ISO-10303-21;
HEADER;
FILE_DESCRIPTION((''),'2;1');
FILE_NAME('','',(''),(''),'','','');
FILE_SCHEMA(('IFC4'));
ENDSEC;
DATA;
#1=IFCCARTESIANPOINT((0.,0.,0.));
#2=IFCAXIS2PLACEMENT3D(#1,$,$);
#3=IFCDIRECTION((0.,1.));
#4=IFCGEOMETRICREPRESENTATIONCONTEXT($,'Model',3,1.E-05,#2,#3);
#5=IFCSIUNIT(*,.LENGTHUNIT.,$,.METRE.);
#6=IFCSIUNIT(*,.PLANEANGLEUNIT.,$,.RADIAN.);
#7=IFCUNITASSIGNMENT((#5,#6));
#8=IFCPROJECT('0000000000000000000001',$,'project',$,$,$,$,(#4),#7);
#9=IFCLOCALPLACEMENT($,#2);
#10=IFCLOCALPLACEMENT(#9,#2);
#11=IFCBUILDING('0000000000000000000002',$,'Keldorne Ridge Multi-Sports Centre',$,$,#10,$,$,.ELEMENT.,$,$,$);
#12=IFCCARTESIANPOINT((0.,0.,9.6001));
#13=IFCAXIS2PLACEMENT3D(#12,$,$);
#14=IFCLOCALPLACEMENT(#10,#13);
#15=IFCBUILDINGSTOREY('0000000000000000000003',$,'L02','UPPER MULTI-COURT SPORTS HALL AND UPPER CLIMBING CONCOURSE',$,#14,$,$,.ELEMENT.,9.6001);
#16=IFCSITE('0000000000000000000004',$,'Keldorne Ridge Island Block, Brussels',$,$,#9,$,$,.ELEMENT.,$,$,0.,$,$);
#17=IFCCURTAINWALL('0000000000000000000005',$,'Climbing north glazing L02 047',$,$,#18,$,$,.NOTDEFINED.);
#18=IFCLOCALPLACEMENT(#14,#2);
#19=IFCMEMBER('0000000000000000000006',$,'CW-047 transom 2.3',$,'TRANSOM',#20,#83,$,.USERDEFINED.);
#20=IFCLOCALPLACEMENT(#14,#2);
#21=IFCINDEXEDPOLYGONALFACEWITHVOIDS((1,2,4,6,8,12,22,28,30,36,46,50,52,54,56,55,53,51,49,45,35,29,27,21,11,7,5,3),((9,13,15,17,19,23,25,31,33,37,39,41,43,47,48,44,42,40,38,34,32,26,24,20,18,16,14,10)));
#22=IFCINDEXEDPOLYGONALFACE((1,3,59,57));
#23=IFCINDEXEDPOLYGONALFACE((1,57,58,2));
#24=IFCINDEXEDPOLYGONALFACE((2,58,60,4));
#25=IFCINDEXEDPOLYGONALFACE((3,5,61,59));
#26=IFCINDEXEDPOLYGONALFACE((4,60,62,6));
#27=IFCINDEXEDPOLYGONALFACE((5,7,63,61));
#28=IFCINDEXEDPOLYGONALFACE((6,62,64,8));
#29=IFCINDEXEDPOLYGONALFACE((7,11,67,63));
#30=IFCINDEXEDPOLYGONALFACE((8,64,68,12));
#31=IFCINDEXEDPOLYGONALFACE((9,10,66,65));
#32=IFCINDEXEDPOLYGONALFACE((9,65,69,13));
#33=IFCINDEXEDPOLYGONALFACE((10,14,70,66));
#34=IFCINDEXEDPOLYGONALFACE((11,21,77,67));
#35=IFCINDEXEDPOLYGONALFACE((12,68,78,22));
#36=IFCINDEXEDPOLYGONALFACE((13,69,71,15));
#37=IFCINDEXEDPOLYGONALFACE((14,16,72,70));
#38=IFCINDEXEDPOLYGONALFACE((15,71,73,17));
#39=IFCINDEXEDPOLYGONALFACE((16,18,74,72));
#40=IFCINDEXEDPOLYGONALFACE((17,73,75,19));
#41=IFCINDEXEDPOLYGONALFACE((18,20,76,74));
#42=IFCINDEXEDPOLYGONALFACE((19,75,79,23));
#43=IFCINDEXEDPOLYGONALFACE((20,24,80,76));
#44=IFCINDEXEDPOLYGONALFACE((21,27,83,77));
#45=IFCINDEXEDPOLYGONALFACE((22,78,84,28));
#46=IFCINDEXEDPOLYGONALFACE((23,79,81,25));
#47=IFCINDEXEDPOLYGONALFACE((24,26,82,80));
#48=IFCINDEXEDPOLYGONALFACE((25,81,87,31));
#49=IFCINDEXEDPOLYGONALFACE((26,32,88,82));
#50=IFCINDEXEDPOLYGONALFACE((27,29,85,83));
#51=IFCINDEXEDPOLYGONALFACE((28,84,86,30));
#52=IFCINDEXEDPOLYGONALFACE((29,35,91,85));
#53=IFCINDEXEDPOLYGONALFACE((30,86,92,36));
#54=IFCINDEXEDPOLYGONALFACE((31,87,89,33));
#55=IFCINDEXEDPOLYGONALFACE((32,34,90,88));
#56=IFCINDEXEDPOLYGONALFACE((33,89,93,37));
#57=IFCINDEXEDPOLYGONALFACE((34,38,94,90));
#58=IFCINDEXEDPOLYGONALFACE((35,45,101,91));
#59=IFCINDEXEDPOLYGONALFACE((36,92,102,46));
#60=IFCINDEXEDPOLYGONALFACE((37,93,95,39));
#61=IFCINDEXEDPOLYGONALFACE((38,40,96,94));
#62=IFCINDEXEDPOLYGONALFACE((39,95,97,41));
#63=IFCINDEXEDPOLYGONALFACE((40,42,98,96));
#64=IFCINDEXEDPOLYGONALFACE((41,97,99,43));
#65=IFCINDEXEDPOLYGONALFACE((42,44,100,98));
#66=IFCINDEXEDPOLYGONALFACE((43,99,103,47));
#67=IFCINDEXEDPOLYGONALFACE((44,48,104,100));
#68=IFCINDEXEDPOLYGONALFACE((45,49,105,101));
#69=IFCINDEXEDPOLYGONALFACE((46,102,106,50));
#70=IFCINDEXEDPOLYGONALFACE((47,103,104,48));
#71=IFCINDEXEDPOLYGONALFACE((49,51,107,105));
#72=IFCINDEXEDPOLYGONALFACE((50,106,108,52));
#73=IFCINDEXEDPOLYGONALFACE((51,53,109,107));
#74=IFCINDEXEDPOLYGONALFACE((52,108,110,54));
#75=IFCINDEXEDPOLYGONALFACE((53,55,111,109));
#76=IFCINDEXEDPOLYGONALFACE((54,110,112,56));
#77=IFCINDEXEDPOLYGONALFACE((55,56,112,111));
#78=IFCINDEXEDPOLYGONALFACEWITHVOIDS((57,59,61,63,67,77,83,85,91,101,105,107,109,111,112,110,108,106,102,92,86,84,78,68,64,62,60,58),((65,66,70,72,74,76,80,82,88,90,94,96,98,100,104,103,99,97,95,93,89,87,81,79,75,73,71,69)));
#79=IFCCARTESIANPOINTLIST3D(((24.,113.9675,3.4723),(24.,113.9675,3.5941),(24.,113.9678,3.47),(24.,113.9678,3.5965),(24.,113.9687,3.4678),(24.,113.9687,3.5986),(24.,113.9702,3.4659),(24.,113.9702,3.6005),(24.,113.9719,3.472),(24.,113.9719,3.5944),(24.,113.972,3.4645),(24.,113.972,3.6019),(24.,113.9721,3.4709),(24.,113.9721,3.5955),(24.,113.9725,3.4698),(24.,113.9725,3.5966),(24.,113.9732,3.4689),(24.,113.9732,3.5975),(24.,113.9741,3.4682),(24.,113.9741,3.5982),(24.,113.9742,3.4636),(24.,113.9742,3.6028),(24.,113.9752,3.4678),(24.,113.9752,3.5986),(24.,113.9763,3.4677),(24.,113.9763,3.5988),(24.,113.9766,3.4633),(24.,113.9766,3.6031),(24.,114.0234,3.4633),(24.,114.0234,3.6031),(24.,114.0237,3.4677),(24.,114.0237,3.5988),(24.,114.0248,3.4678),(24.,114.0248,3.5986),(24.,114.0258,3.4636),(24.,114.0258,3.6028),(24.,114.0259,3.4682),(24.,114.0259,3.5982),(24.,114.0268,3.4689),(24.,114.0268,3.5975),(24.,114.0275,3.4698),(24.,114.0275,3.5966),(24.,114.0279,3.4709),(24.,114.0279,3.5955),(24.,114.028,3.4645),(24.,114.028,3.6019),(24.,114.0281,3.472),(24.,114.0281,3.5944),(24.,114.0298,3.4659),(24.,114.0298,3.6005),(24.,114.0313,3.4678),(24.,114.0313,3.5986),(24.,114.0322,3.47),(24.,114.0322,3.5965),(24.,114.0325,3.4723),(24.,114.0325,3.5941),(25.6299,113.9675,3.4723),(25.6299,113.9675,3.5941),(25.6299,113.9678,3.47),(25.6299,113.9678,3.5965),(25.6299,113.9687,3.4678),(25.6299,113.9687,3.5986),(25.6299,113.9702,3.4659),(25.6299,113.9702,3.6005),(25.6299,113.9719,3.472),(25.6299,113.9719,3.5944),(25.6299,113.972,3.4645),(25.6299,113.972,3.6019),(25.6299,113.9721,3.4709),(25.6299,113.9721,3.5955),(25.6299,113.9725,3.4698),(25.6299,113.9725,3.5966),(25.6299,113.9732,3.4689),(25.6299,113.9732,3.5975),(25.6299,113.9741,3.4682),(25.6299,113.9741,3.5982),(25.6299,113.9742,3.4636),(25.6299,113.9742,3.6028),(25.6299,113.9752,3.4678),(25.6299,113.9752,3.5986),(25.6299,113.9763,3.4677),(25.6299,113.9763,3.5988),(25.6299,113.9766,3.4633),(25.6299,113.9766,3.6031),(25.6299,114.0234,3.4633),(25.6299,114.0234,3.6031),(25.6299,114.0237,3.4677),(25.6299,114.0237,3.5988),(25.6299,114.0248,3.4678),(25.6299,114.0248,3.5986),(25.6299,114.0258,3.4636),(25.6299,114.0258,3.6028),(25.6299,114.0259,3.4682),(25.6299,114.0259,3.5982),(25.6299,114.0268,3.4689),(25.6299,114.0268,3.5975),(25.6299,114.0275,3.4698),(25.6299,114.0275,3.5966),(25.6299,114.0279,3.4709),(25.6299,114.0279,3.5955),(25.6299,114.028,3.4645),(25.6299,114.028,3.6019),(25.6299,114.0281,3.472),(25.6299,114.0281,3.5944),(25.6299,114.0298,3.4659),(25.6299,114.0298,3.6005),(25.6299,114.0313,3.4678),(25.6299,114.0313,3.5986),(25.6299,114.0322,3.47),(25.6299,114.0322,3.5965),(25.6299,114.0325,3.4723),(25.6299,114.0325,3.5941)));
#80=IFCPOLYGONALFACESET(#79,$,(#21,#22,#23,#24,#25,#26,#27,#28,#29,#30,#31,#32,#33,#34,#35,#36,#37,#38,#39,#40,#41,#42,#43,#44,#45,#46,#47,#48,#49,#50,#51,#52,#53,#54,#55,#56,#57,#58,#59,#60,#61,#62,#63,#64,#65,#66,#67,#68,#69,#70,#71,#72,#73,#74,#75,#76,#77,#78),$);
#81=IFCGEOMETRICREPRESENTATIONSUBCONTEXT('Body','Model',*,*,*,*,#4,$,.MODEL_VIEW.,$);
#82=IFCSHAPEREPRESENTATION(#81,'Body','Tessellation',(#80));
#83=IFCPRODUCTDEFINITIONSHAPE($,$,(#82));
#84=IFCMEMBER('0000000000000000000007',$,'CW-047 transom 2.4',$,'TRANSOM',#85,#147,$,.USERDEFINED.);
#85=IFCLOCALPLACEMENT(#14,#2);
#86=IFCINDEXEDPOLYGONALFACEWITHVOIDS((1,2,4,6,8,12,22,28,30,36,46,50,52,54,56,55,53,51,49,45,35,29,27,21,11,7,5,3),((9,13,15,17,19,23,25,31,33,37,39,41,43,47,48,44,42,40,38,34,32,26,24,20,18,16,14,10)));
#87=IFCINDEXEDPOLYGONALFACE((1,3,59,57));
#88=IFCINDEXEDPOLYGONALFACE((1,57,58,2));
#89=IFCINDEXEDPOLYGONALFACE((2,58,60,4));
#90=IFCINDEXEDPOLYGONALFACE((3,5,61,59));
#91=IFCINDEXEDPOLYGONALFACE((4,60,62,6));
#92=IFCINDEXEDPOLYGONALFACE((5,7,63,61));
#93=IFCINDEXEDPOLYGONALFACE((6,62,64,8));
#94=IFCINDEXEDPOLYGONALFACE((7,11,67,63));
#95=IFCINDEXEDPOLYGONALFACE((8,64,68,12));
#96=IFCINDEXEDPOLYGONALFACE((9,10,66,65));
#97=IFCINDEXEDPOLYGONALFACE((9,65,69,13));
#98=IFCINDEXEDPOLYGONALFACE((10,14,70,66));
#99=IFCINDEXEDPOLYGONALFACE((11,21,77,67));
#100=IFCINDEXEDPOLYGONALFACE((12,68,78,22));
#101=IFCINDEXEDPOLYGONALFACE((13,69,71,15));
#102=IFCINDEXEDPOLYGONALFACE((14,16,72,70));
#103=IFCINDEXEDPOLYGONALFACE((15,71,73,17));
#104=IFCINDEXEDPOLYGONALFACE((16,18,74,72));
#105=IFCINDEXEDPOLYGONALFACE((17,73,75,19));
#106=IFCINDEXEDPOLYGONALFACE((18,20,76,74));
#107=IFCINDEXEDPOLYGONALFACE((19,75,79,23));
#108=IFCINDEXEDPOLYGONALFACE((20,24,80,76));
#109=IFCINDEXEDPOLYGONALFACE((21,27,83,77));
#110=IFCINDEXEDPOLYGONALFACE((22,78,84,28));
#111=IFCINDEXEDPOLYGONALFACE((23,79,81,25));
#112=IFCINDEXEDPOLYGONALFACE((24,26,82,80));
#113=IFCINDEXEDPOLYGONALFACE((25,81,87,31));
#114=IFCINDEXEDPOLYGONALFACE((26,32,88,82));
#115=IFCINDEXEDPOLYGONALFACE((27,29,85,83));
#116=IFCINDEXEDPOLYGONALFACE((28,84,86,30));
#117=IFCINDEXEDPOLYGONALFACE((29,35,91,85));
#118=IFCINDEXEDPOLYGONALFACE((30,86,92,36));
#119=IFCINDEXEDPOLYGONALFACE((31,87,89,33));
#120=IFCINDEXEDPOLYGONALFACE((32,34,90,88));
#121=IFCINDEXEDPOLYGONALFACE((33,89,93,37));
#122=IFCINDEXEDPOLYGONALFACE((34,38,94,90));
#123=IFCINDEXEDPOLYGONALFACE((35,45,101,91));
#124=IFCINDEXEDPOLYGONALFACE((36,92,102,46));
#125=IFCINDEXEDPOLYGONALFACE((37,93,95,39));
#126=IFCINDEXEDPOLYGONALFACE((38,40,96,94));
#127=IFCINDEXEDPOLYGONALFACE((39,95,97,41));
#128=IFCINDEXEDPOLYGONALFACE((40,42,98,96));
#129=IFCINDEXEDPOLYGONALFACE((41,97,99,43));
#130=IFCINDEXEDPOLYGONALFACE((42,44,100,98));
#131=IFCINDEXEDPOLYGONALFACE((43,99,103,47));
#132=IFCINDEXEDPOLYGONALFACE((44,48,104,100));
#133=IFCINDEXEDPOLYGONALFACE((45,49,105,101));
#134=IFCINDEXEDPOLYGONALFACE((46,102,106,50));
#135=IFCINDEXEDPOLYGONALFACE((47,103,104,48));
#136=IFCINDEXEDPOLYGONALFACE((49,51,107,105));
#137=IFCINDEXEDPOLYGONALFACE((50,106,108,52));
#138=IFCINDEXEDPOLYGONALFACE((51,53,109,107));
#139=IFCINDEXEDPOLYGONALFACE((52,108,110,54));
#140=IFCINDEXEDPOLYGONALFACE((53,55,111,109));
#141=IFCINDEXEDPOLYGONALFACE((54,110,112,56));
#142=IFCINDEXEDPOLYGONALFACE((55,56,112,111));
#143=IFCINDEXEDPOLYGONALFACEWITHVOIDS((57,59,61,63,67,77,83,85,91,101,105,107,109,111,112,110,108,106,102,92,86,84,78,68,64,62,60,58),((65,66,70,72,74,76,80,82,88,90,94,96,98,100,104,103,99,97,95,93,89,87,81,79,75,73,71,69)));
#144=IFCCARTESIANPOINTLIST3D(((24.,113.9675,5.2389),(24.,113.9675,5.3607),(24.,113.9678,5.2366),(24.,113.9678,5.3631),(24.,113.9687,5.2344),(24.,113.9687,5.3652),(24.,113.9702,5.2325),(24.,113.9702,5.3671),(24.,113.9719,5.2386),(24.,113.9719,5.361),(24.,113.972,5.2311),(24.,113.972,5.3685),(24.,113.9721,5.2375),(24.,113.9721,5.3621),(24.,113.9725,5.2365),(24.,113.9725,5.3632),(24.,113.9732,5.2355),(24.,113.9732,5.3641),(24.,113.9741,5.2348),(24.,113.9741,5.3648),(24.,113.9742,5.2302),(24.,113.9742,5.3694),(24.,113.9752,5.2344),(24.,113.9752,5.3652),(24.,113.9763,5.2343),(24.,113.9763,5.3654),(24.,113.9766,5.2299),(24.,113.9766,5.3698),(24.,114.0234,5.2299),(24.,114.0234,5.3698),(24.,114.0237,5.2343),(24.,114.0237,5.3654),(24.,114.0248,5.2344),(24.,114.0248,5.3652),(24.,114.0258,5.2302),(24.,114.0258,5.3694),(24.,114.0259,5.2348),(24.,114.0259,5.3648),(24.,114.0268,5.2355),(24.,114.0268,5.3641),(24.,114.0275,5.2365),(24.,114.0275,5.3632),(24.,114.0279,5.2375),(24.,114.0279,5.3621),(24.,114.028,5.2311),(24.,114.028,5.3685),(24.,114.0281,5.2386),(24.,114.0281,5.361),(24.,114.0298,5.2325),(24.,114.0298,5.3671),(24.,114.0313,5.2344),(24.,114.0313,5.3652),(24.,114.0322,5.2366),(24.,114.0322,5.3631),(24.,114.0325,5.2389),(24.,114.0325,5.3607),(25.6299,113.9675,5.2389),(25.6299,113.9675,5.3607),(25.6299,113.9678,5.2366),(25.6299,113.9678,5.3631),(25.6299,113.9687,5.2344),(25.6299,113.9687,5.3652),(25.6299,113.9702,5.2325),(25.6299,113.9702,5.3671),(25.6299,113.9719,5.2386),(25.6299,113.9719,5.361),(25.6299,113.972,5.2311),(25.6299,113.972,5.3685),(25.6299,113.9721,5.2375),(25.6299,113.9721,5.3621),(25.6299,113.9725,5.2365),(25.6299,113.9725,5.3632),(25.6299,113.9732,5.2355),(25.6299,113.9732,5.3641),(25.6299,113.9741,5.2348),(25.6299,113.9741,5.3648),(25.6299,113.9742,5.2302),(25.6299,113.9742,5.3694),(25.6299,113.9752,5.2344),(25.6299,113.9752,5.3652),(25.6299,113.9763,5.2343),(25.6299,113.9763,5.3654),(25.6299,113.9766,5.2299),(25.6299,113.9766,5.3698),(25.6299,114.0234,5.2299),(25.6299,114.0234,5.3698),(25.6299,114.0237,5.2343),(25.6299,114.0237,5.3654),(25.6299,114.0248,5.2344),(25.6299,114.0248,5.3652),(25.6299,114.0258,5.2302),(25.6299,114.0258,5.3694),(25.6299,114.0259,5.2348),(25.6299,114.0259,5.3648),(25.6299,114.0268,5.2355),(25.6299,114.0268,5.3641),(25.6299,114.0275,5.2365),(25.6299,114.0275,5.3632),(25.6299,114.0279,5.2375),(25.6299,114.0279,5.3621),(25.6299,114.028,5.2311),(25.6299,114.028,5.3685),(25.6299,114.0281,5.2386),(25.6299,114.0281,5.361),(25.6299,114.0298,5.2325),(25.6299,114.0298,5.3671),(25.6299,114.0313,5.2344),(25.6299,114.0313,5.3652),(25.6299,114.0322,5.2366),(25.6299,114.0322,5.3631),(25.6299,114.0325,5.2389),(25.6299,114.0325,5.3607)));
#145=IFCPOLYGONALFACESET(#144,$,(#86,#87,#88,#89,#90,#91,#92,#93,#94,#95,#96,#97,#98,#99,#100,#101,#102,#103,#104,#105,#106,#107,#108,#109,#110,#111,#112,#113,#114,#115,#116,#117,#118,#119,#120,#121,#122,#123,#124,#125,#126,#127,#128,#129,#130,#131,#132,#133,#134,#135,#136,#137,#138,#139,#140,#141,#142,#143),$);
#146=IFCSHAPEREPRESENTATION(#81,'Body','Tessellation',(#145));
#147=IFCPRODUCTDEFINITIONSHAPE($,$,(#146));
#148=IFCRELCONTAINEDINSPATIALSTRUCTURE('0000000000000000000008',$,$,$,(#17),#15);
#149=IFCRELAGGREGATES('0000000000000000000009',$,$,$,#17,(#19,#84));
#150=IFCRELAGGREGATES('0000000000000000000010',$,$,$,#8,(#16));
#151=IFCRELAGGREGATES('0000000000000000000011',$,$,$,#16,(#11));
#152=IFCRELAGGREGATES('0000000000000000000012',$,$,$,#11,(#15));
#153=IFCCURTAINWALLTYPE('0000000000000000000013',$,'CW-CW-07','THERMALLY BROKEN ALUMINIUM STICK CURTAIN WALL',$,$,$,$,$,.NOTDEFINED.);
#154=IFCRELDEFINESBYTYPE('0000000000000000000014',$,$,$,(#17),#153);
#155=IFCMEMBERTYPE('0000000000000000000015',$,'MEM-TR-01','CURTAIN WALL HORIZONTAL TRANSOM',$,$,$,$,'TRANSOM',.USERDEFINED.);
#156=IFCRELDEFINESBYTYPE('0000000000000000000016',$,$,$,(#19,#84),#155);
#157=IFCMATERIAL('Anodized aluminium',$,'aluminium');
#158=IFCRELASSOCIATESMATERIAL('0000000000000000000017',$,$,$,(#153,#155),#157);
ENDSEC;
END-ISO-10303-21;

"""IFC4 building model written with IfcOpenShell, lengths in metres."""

from ifc_helpers import new_model, si_unit, direction, frame, origin, origin_2d, place, context, subcontext, project, spatial, hollow_rectangle, extrude, material, material_profile, profile_set, type_object, element, aggregate, save


model = new_model("IFC4")

# Units and contexts
model_context = context("Model", 3, precision=1e-05, world=origin(), true_north=direction((0.0, 1.0)))
body_context = subcontext(model_context, "Body", "Model", "MODEL_VIEW")
ifc_project = project(units=[si_unit("LENGTHUNIT", "METRE"), si_unit("PLANEANGLEUNIT", "RADIAN")], contexts=[model_context])

# Site, building, storey
site_placement = place(None, origin())
site = spatial("IfcSite", under=ifc_project, at=site_placement, Name="Keldorne Ridge Island Block, Brussels", CompositionType="ELEMENT", RefElevation=0.0)
building_placement = place(site_placement, origin())
building = spatial("IfcBuilding", under=site, at=building_placement, Name="Keldorne Ridge Multi-Sports Centre", CompositionType="ELEMENT")
storey_placement = place(building_placement, frame((0.0, 0.0, 9.6001)))
storey = spatial("IfcBuildingStorey", under=building, at=storey_placement, Name="L02", Description="UPPER MULTI-COURT SPORTS HALL AND UPPER CLIMBING CONCOURSE", CompositionType="ELEMENT", Elevation=9.6001)

# Curtain wall
ifc_material_1 = material(Name="Anodized aluminium", Category="aluminium")
curtain_wall_type = type_object("IfcCurtainWallType", Name="CW-CW-07", Description="THERMALLY BROKEN ALUMINIUM STICK CURTAIN WALL", PredefinedType="NOTDEFINED", material=ifc_material_1)
curtain_wall_placement = place(storey_placement, origin())
curtain_wall = element("IfcCurtainWall", 1, at=curtain_wall_placement, inside=storey, type_object=curtain_wall_type, Name="Climbing north glazing L02 047", PredefinedType="NOTDEFINED")

# Members
ifc_material_profile_1 = material_profile(ifc_material_1, hollow_rectangle(XDim=0.0649, YDim=0.1399, WallThickness=0.0044, InnerFilletRadius=0.0044, OuterFilletRadius=0.009, at=origin_2d()), Name="ALU TRANSOM 140x65x4.5")
ifc_profile_set_1 = profile_set([ifc_material_profile_1], Name="Anodized aluminium")
member_type_1 = type_object("IfcMemberType", Name="MEM-TR-01", Description="CURTAIN WALL HORIZONTAL TRANSOM", ElementType="TRANSOM", PredefinedType="USERDEFINED", material=ifc_profile_set_1)
member_1_placement = place(storey_placement, frame((25.6299, 114.0, 3.5332), z_axis=(-1.0, 0.0, 0.0), x_axis=(0.0, -1.0, 0.0)))
member_1 = element("IfcMember", 2, at=member_1_placement, type_object=member_type_1, Name="CW-047 transom 2.3", ObjectType="TRANSOM", PredefinedType="USERDEFINED", context=body_context, shape_type="SweptSolid", body=[
    extrude(hollow_rectangle(XDim=0.0649, YDim=0.1399, WallThickness=0.0044, InnerFilletRadius=0.0044, OuterFilletRadius=0.009, at=origin_2d()), origin(), (0.0, 0.0, 1.0), 1.6299),
])
member_2_placement = place(storey_placement, frame((25.6299, 114.0, 5.2998), z_axis=(-1.0, 0.0, 0.0), x_axis=(0.0, -1.0, 0.0)))
member_2 = element("IfcMember", 3, at=member_2_placement, type_object=member_type_1, Name="CW-047 transom 2.4", ObjectType="TRANSOM", PredefinedType="USERDEFINED", context=body_context, shape_type="SweptSolid", body=[
    extrude(hollow_rectangle(XDim=0.0649, YDim=0.1399, WallThickness=0.0044, InnerFilletRadius=0.0044, OuterFilletRadius=0.009, at=origin_2d()), origin(), (0.0, 0.0, 1.0), 1.6299),
])

aggregate(curtain_wall, [member_1, member_2])

save(model, "model.ifc")
